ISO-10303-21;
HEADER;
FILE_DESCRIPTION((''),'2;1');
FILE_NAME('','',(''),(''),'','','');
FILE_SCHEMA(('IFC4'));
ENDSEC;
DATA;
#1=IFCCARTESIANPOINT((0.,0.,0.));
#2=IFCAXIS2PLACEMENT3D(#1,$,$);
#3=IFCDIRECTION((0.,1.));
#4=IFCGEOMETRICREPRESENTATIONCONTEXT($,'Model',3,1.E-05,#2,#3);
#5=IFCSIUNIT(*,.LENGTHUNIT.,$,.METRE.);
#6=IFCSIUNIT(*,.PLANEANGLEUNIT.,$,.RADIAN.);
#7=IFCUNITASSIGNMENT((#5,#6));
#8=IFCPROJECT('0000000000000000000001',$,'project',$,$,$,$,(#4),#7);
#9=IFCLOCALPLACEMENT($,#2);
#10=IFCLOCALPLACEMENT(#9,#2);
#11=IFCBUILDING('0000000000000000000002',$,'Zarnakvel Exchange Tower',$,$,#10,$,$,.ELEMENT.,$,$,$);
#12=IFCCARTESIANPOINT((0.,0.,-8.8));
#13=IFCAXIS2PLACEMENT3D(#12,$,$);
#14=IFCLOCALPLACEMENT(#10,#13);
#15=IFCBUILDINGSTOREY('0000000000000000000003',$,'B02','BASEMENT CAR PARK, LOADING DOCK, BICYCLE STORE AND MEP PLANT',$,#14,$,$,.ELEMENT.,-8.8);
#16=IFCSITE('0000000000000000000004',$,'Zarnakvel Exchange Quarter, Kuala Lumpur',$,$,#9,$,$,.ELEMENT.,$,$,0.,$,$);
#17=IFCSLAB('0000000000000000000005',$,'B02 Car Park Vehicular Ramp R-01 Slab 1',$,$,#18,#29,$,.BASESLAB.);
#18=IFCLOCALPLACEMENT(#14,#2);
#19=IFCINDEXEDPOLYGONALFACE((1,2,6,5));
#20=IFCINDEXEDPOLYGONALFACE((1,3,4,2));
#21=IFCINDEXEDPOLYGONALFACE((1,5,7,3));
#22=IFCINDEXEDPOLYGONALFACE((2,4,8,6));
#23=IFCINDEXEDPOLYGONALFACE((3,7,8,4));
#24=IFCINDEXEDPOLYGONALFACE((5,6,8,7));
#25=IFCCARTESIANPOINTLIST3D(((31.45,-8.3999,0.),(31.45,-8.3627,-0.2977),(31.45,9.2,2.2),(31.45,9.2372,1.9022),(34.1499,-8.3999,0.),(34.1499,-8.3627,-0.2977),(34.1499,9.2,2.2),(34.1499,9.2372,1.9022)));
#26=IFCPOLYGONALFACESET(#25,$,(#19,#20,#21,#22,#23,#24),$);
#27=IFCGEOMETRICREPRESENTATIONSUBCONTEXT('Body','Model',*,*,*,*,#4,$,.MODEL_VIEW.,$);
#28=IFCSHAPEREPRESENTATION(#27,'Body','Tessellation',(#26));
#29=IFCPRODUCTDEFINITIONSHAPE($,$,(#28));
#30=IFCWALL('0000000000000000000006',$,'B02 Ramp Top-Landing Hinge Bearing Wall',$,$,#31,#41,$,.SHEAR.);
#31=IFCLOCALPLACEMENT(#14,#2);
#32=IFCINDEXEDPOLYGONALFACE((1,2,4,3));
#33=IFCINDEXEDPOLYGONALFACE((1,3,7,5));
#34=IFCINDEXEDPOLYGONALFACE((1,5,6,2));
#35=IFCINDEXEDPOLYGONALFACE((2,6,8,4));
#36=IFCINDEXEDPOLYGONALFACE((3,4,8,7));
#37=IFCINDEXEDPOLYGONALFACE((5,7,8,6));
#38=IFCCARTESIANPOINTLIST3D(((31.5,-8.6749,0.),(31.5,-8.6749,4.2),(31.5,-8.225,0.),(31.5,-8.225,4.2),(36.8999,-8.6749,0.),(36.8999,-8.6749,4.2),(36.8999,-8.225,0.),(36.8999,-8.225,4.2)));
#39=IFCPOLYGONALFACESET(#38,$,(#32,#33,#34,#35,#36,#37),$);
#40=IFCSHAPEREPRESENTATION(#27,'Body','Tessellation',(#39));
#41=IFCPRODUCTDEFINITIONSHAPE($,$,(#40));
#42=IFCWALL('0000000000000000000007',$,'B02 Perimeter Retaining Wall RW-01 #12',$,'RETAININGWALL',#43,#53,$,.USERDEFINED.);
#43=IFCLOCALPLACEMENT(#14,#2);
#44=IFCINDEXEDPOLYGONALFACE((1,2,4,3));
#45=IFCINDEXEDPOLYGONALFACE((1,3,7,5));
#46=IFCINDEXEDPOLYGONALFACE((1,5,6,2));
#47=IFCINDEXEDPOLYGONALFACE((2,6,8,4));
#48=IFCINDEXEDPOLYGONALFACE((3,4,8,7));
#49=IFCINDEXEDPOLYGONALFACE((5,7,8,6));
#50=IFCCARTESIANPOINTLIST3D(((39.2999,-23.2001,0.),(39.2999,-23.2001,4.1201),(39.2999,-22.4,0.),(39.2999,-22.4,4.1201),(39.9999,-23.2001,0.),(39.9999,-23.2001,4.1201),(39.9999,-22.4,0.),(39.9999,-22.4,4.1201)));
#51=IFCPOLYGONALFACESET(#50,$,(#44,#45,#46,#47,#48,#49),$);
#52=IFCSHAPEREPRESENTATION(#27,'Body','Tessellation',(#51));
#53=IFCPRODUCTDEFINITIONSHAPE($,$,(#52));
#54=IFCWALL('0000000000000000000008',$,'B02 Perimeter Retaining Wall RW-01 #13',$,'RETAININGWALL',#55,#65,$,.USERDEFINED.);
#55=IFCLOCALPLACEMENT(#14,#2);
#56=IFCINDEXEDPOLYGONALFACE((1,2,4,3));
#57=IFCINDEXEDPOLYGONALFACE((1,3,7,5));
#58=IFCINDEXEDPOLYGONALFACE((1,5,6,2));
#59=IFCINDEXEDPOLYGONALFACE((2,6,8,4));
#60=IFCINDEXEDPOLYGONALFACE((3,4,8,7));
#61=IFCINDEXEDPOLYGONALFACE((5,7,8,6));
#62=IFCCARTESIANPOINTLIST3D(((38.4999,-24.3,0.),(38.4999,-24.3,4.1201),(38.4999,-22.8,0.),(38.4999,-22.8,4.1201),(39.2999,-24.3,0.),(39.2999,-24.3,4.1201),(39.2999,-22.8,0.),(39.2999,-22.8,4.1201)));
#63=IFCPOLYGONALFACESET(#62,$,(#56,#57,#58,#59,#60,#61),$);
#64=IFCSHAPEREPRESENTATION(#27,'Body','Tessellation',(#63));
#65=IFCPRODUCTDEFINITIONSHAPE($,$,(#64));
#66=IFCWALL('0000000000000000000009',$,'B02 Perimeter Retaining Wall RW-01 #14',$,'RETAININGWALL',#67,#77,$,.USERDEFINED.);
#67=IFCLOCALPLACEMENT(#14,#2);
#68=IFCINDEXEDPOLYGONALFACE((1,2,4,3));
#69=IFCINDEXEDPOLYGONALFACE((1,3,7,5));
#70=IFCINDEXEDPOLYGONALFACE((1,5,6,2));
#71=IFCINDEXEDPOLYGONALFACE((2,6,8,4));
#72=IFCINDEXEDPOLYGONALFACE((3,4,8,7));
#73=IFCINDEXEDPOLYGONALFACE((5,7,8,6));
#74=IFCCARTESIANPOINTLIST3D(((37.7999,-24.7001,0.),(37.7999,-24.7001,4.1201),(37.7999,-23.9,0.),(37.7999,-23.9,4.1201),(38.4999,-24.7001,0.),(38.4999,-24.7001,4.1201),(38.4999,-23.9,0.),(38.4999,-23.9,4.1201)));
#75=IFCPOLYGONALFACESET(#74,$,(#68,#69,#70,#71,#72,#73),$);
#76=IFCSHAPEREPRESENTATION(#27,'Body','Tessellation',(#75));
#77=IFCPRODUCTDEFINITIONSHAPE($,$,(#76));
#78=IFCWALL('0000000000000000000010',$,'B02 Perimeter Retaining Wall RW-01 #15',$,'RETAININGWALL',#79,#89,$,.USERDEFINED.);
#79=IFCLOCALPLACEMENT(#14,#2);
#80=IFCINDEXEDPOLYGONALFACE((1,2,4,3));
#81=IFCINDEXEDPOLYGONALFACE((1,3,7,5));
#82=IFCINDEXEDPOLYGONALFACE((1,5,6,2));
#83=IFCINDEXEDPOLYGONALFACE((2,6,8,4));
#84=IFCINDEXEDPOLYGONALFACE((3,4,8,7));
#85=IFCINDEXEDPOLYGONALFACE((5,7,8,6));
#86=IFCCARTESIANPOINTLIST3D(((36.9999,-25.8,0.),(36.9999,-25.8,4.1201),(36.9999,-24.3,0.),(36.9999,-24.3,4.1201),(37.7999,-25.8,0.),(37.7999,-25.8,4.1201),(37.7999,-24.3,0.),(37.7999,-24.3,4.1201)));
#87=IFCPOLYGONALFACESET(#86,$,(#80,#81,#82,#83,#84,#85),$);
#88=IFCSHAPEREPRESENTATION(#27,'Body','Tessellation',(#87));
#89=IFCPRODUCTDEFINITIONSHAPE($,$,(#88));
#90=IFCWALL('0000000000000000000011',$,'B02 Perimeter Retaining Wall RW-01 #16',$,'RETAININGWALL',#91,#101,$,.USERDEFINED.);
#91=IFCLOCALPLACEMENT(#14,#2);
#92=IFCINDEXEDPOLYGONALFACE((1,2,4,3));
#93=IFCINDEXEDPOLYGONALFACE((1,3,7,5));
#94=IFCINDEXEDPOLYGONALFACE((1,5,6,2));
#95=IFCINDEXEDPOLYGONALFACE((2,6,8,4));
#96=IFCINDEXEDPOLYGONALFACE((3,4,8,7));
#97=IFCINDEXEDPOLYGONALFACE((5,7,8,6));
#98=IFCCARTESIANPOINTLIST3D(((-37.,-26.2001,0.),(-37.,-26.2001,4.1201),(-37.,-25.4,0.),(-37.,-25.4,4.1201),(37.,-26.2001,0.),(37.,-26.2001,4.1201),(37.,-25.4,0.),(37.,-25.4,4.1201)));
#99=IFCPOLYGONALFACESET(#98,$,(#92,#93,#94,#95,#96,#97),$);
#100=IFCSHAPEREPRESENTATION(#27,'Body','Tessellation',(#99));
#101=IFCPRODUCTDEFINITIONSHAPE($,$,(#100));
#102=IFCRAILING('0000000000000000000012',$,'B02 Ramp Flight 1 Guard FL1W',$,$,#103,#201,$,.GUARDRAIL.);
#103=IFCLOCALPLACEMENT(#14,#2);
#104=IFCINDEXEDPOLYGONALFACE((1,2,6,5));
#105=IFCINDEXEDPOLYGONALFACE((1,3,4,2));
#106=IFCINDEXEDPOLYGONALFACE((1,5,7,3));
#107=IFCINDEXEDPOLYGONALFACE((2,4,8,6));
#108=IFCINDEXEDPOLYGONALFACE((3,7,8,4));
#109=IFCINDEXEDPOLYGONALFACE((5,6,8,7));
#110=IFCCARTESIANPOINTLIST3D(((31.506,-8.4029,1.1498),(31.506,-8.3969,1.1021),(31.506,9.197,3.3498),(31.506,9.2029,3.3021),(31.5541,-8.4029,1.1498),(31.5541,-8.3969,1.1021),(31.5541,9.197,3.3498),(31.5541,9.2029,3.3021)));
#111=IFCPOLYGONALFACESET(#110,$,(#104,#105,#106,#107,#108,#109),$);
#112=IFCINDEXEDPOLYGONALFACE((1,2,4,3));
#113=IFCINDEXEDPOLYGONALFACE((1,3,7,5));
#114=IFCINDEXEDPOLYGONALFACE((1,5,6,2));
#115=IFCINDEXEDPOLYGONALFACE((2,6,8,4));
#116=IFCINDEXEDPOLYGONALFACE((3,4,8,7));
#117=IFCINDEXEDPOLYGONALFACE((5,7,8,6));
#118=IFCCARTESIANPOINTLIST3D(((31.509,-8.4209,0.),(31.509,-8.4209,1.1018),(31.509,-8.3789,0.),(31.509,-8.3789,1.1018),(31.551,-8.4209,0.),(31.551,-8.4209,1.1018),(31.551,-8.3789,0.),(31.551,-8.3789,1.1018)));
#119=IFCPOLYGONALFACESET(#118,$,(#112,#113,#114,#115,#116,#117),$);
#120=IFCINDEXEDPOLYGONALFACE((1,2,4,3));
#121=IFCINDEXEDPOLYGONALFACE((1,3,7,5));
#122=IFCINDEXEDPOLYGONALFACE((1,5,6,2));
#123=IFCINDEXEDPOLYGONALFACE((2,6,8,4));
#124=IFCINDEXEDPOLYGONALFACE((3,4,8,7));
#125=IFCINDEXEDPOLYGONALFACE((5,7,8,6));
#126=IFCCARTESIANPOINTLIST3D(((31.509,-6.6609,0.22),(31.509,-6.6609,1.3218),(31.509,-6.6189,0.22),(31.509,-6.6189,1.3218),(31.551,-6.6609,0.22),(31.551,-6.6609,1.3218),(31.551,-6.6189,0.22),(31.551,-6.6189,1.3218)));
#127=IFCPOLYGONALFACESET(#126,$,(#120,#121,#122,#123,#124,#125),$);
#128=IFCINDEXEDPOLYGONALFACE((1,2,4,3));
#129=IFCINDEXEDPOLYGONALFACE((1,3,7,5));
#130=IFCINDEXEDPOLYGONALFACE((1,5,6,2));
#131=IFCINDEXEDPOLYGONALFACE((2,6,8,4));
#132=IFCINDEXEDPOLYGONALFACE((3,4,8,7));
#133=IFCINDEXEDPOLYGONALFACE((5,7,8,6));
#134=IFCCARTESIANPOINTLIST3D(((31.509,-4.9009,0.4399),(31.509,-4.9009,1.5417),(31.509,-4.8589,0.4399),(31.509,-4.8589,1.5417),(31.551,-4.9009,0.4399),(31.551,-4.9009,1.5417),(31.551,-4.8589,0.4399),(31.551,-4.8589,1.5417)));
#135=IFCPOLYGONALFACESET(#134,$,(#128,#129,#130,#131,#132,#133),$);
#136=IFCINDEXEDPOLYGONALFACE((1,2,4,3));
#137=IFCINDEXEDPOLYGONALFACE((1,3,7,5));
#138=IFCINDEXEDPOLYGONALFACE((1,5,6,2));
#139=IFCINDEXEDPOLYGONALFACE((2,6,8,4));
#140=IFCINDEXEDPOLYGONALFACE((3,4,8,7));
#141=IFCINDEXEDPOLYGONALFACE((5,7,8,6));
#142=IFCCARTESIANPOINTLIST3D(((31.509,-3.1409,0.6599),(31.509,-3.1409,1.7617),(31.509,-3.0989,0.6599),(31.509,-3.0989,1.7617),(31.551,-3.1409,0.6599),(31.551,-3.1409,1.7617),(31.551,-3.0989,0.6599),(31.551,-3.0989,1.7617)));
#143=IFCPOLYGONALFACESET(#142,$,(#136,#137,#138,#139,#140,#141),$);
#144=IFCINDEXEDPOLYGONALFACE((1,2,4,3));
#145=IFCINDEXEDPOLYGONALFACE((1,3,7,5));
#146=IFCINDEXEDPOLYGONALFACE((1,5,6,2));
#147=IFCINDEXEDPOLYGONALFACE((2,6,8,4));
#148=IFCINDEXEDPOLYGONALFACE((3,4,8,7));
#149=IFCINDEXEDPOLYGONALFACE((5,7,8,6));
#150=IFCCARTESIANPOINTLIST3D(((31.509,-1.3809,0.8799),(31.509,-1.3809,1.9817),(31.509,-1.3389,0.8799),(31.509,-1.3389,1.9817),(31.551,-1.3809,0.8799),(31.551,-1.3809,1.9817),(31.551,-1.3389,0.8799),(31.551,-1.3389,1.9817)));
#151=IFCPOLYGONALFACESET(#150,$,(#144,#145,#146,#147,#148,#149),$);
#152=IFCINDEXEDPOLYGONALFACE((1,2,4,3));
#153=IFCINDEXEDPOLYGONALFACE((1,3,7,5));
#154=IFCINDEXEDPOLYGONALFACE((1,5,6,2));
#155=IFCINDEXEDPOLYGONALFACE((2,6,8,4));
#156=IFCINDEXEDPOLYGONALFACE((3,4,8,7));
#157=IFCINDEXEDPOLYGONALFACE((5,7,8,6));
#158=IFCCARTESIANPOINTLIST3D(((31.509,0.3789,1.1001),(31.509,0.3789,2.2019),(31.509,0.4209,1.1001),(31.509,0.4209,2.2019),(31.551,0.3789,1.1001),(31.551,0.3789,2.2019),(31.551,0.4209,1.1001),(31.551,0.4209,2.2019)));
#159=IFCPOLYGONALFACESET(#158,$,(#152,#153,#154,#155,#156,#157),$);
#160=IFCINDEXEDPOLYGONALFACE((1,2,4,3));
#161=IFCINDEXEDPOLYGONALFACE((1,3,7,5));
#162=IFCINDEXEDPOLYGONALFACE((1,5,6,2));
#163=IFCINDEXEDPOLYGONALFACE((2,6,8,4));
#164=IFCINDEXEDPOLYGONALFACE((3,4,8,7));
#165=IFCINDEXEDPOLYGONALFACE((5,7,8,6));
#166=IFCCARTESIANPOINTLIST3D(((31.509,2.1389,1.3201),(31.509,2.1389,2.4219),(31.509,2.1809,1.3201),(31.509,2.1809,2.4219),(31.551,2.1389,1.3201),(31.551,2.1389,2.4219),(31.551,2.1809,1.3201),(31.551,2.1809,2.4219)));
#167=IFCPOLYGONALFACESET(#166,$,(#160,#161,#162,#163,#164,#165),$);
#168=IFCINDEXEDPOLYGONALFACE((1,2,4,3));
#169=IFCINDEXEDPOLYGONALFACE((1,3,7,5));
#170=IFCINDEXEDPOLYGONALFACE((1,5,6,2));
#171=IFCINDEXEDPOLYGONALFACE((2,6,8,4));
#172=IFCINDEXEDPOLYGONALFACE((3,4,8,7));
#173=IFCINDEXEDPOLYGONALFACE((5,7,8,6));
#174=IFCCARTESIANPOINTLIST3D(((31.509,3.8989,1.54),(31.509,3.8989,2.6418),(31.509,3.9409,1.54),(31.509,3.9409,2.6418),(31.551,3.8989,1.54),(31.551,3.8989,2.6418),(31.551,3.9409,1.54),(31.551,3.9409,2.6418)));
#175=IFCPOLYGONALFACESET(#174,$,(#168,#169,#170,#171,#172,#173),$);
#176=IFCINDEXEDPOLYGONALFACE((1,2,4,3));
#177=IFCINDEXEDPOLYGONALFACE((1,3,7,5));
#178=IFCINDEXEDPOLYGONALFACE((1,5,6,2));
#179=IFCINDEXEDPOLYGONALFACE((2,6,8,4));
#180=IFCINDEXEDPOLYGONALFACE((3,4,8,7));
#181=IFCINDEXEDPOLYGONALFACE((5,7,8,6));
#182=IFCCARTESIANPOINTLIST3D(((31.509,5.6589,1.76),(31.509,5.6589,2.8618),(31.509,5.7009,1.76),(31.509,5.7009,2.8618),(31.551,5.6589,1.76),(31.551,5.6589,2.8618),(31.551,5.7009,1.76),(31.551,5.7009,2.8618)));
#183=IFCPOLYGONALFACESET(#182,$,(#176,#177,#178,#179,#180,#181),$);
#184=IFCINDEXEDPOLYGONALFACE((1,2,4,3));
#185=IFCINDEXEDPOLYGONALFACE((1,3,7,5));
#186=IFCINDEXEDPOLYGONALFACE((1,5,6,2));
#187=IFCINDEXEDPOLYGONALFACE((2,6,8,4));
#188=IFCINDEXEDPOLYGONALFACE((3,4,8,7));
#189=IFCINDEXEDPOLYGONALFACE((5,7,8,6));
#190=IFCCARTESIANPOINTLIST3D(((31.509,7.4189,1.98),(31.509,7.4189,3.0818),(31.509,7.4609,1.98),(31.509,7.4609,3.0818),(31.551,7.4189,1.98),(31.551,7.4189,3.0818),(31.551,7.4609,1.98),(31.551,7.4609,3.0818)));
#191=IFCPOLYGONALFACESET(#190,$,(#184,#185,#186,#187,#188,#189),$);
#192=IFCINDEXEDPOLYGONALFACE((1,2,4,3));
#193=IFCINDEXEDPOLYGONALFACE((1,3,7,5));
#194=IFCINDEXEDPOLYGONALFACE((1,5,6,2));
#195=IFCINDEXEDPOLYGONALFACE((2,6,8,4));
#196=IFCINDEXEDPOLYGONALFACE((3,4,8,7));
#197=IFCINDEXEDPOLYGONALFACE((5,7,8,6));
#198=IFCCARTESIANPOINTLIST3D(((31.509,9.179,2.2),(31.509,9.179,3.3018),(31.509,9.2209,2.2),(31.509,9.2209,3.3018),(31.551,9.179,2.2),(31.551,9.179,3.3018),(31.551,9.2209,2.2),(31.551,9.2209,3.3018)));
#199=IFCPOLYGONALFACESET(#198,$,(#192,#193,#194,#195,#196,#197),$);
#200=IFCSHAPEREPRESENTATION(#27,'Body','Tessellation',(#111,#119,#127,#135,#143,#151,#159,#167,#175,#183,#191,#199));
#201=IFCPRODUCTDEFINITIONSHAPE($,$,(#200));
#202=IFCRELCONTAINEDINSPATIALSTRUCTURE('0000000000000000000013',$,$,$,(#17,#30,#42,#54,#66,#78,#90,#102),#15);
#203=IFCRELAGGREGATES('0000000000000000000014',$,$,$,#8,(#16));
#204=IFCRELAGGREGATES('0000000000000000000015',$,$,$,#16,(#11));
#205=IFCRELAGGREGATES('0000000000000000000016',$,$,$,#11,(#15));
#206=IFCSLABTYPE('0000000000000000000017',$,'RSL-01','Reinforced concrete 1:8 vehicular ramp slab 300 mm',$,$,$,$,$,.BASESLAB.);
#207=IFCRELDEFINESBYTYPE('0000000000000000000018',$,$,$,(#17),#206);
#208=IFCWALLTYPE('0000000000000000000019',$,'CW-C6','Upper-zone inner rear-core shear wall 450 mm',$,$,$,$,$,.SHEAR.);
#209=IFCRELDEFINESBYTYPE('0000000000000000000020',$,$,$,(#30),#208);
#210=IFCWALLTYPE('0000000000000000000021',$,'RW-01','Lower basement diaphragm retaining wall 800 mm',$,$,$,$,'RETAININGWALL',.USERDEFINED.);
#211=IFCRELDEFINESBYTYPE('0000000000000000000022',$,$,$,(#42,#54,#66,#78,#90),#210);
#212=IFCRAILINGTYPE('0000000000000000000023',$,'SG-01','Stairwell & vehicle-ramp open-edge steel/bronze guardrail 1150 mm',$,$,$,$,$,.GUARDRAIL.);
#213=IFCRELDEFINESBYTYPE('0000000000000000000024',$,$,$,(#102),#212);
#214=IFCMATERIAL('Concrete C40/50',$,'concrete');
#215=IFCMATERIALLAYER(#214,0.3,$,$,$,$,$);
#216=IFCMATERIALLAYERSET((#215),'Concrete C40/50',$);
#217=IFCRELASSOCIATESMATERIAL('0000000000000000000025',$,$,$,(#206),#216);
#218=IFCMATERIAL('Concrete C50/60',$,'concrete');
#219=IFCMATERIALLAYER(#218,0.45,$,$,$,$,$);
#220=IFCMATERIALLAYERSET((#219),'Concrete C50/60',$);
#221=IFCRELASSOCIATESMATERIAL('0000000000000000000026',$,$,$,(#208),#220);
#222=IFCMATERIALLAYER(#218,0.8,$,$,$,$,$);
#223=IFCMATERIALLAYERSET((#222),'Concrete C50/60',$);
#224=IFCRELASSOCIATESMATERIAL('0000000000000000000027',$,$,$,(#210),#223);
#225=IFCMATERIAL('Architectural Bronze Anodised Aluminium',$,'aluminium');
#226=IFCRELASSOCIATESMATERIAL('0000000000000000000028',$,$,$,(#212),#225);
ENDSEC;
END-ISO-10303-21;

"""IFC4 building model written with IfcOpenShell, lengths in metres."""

from ifc_helpers import new_model, si_unit, direction, frame, frame_2d, origin, origin_2d, place, context, subcontext, project, spatial, polyline, rectangle, outline, extrude, material, layer, layer_set, type_object, element, save


model = new_model("IFC4")

# Units and contexts
model_context = context("Model", 3, precision=1e-05, world=origin(), true_north=direction((0.0, 1.0)))
body_context = subcontext(model_context, "Body", "Model", "MODEL_VIEW")
ifc_project = project(units=[si_unit("LENGTHUNIT", "METRE"), si_unit("PLANEANGLEUNIT", "RADIAN")], contexts=[model_context])

# Site, building, storey
site_placement = place(None, origin())
site = spatial("IfcSite", under=ifc_project, at=site_placement, Name="Zarnakvel Exchange Quarter, Kuala Lumpur", CompositionType="ELEMENT", RefElevation=0.0)
building_placement = place(site_placement, origin())
building = spatial("IfcBuilding", under=site, at=building_placement, Name="Zarnakvel Exchange Tower", CompositionType="ELEMENT")
storey_placement = place(building_placement, frame((0.0, 0.0, -8.8)))
storey = spatial("IfcBuildingStorey", under=building, at=storey_placement, Name="B02", Description="BASEMENT CAR PARK, LOADING DOCK, BICYCLE STORE AND MEP PLANT", CompositionType="ELEMENT", Elevation=-8.8)

# Slab
ifc_material_1 = material(Name="Concrete C40/50", Category="concrete")
ifc_layer_1 = layer(ifc_material_1, 0.3)
ifc_layer_set_1 = layer_set([ifc_layer_1], Name="Concrete C40/50")
slab_type = type_object("IfcSlabType", Name="RSL-01", Description="Reinforced concrete 1:8 vehicular ramp slab 300 mm", PredefinedType="BASESLAB", material=ifc_layer_set_1)
slab_placement = place(storey_placement, frame((31.45, -8.3999, 0.0), z_axis=(0.0, -0.124033, 0.992278), x_axis=(1.0, 0.0, 0.0)))
element("IfcSlab", 1, at=slab_placement, inside=storey, type_object=slab_type, Name="B02 Car Park Vehicular Ramp R-01 Slab 1", PredefinedType="BASESLAB", context=body_context, shape_type="SweptSolid", body=[
    extrude(outline(polyline([(0.0, 0.0), (2.7, 0.0), (2.7, 17.7368), (0.0, 17.7368), (0.0, 0.0)])), origin(), (0.0, 0.0, -1.0), 0.3),
])

# Walls
ifc_material_2 = material(Name="Concrete C50/60", Category="concrete")
ifc_layer_2 = layer(ifc_material_2, 0.45)
ifc_layer_set_2 = layer_set([ifc_layer_2], Name="Concrete C50/60")
wall_type_1 = type_object("IfcWallType", Name="CW-C6", Description="Upper-zone inner rear-core shear wall 450 mm", PredefinedType="SHEAR", material=ifc_layer_set_2)
wall_1_placement = place(storey_placement, frame((31.5, -8.45, 0.0), z_axis=(0.0, 0.0, 1.0), x_axis=(1.0, 0.0, 0.0)))
element("IfcWall", 2, at=wall_1_placement, inside=storey, type_object=wall_type_1, Name="B02 Ramp Top-Landing Hinge Bearing Wall", PredefinedType="SHEAR", context=body_context, shape_type="SweptSolid", body=[
    extrude(rectangle(XDim=5.3999, YDim=0.45, at=frame_2d((2.7, 0.0))), origin(), (0.0, 0.0, 1.0), 4.2),
])
ifc_layer_3 = layer(ifc_material_2, 0.8)
ifc_layer_set_3 = layer_set([ifc_layer_3], Name="Concrete C50/60")
wall_type_2 = type_object("IfcWallType", Name="RW-01", Description="Lower basement diaphragm retaining wall 800 mm", ElementType="RETAININGWALL", PredefinedType="USERDEFINED", material=ifc_layer_set_3)
wall_2_placement = place(storey_placement, frame((40.0, -22.8, 0.0), z_axis=(0.0, 0.0, 1.0), x_axis=(-1.0, 0.0, 0.0)))
element("IfcWall", 3, at=wall_2_placement, inside=storey, type_object=wall_type_2, Name="B02 Perimeter Retaining Wall RW-01 #12", ObjectType="RETAININGWALL", PredefinedType="USERDEFINED", context=body_context, shape_type="SweptSolid", body=[
    extrude(rectangle(XDim=0.7, YDim=0.8, at=frame_2d((0.3501, 0.0))), origin(), (0.0, 0.0, 1.0), 4.1201),
])
wall_3_placement = place(storey_placement, frame((38.8999, -22.8, 0.0), z_axis=(0.0, 0.0, 1.0), x_axis=(0.0, -1.0, 0.0)))
element("IfcWall", 4, at=wall_3_placement, inside=storey, type_object=wall_type_2, Name="B02 Perimeter Retaining Wall RW-01 #13", ObjectType="RETAININGWALL", PredefinedType="USERDEFINED", context=body_context, shape_type="SweptSolid", body=[
    extrude(rectangle(XDim=1.5, YDim=0.8, at=frame_2d((0.75, 0.0))), origin(), (0.0, 0.0, 1.0), 4.1201),
])
wall_4_placement = place(storey_placement, frame((38.5, -24.3, 0.0), z_axis=(0.0, 0.0, 1.0), x_axis=(-1.0, 0.0, 0.0)))
element("IfcWall", 5, at=wall_4_placement, inside=storey, type_object=wall_type_2, Name="B02 Perimeter Retaining Wall RW-01 #14", ObjectType="RETAININGWALL", PredefinedType="USERDEFINED", context=body_context, shape_type="SweptSolid", body=[
    extrude(rectangle(XDim=0.7, YDim=0.8, at=frame_2d((0.3501, 0.0))), origin(), (0.0, 0.0, 1.0), 4.1201),
])
wall_5_placement = place(storey_placement, frame((37.3999, -24.3, 0.0), z_axis=(0.0, 0.0, 1.0), x_axis=(0.0, -1.0, 0.0)))
element("IfcWall", 6, at=wall_5_placement, inside=storey, type_object=wall_type_2, Name="B02 Perimeter Retaining Wall RW-01 #15", ObjectType="RETAININGWALL", PredefinedType="USERDEFINED", context=body_context, shape_type="SweptSolid", body=[
    extrude(rectangle(XDim=1.5, YDim=0.8, at=frame_2d((0.75, 0.0))), origin(), (0.0, 0.0, 1.0), 4.1201),
])
wall_6_placement = place(storey_placement, frame((37.0, -25.8, 0.0), z_axis=(0.0, 0.0, 1.0), x_axis=(-1.0, 0.0, 0.0)))
element("IfcWall", 7, at=wall_6_placement, inside=storey, type_object=wall_type_2, Name="B02 Perimeter Retaining Wall RW-01 #16", ObjectType="RETAININGWALL", PredefinedType="USERDEFINED", context=body_context, shape_type="SweptSolid", body=[
    extrude(rectangle(XDim=74.0, YDim=0.8, at=frame_2d((37.0, 0.0))), origin(), (0.0, 0.0, 1.0), 4.1201),
])

# Railing
ifc_material_3 = material(Name="Architectural Bronze Anodised Aluminium", Category="aluminium")
railing_type = type_object("IfcRailingType", Name="SG-01", Description="Stairwell & vehicle-ramp open-edge steel/bronze guardrail 1150 mm", PredefinedType="GUARDRAIL", material=ifc_material_3)
railing_1_placement = place(storey_placement, frame((31.53, -8.3999, 0.0)))
element("IfcRailing", 8, at=railing_1_placement, inside=storey, type_object=railing_type, Name="B02 Ramp Flight 1 Guard FL1W", PredefinedType="GUARDRAIL", context=body_context, shape_type="SweptSolid", body=[
    extrude(rectangle(XDim=0.0481, YDim=0.0481, at=origin_2d()), frame((0.0, 0.0, 1.126), z_axis=(0.0, 0.992278, 0.124033), x_axis=(-1.0, 0.0, 0.0)), (0.0, 0.0, 1.0), 17.7368),
    extrude(rectangle(XDim=0.042, YDim=0.042, at=origin_2d()), origin(), (0.0, 0.0, 1.0), 1.1018),
    extrude(rectangle(XDim=0.042, YDim=0.042, at=origin_2d()), frame((0.0, 1.76, 0.22)), (0.0, 0.0, 1.0), 1.1018),
    extrude(rectangle(XDim=0.042, YDim=0.042, at=origin_2d()), frame((0.0, 3.52, 0.4399)), (0.0, 0.0, 1.0), 1.1018),
    extrude(rectangle(XDim=0.042, YDim=0.042, at=origin_2d()), frame((0.0, 5.28, 0.6599)), (0.0, 0.0, 1.0), 1.1018),
    extrude(rectangle(XDim=0.042, YDim=0.042, at=origin_2d()), frame((0.0, 7.04, 0.8799)), (0.0, 0.0, 1.0), 1.1018),
    extrude(rectangle(XDim=0.042, YDim=0.042, at=origin_2d()), frame((0.0, 8.7998, 1.1001)), (0.0, 0.0, 1.0), 1.1018),
    extrude(rectangle(XDim=0.042, YDim=0.042, at=origin_2d()), frame((0.0, 10.5598, 1.3201)), (0.0, 0.0, 1.0), 1.1018),
    extrude(rectangle(XDim=0.042, YDim=0.042, at=origin_2d()), frame((0.0, 12.3198, 1.54)), (0.0, 0.0, 1.0), 1.1018),
    extrude(rectangle(XDim=0.042, YDim=0.042, at=origin_2d()), frame((0.0, 14.0798, 1.76)), (0.0, 0.0, 1.0), 1.1018),
    extrude(rectangle(XDim=0.042, YDim=0.042, at=origin_2d()), frame((0.0, 15.8398, 1.98)), (0.0, 0.0, 1.0), 1.1018),
    extrude(rectangle(XDim=0.042, YDim=0.042, at=origin_2d()), frame((0.0, 17.5999, 2.2)), (0.0, 0.0, 1.0), 1.1018),
])

save(model, "model.ifc")
